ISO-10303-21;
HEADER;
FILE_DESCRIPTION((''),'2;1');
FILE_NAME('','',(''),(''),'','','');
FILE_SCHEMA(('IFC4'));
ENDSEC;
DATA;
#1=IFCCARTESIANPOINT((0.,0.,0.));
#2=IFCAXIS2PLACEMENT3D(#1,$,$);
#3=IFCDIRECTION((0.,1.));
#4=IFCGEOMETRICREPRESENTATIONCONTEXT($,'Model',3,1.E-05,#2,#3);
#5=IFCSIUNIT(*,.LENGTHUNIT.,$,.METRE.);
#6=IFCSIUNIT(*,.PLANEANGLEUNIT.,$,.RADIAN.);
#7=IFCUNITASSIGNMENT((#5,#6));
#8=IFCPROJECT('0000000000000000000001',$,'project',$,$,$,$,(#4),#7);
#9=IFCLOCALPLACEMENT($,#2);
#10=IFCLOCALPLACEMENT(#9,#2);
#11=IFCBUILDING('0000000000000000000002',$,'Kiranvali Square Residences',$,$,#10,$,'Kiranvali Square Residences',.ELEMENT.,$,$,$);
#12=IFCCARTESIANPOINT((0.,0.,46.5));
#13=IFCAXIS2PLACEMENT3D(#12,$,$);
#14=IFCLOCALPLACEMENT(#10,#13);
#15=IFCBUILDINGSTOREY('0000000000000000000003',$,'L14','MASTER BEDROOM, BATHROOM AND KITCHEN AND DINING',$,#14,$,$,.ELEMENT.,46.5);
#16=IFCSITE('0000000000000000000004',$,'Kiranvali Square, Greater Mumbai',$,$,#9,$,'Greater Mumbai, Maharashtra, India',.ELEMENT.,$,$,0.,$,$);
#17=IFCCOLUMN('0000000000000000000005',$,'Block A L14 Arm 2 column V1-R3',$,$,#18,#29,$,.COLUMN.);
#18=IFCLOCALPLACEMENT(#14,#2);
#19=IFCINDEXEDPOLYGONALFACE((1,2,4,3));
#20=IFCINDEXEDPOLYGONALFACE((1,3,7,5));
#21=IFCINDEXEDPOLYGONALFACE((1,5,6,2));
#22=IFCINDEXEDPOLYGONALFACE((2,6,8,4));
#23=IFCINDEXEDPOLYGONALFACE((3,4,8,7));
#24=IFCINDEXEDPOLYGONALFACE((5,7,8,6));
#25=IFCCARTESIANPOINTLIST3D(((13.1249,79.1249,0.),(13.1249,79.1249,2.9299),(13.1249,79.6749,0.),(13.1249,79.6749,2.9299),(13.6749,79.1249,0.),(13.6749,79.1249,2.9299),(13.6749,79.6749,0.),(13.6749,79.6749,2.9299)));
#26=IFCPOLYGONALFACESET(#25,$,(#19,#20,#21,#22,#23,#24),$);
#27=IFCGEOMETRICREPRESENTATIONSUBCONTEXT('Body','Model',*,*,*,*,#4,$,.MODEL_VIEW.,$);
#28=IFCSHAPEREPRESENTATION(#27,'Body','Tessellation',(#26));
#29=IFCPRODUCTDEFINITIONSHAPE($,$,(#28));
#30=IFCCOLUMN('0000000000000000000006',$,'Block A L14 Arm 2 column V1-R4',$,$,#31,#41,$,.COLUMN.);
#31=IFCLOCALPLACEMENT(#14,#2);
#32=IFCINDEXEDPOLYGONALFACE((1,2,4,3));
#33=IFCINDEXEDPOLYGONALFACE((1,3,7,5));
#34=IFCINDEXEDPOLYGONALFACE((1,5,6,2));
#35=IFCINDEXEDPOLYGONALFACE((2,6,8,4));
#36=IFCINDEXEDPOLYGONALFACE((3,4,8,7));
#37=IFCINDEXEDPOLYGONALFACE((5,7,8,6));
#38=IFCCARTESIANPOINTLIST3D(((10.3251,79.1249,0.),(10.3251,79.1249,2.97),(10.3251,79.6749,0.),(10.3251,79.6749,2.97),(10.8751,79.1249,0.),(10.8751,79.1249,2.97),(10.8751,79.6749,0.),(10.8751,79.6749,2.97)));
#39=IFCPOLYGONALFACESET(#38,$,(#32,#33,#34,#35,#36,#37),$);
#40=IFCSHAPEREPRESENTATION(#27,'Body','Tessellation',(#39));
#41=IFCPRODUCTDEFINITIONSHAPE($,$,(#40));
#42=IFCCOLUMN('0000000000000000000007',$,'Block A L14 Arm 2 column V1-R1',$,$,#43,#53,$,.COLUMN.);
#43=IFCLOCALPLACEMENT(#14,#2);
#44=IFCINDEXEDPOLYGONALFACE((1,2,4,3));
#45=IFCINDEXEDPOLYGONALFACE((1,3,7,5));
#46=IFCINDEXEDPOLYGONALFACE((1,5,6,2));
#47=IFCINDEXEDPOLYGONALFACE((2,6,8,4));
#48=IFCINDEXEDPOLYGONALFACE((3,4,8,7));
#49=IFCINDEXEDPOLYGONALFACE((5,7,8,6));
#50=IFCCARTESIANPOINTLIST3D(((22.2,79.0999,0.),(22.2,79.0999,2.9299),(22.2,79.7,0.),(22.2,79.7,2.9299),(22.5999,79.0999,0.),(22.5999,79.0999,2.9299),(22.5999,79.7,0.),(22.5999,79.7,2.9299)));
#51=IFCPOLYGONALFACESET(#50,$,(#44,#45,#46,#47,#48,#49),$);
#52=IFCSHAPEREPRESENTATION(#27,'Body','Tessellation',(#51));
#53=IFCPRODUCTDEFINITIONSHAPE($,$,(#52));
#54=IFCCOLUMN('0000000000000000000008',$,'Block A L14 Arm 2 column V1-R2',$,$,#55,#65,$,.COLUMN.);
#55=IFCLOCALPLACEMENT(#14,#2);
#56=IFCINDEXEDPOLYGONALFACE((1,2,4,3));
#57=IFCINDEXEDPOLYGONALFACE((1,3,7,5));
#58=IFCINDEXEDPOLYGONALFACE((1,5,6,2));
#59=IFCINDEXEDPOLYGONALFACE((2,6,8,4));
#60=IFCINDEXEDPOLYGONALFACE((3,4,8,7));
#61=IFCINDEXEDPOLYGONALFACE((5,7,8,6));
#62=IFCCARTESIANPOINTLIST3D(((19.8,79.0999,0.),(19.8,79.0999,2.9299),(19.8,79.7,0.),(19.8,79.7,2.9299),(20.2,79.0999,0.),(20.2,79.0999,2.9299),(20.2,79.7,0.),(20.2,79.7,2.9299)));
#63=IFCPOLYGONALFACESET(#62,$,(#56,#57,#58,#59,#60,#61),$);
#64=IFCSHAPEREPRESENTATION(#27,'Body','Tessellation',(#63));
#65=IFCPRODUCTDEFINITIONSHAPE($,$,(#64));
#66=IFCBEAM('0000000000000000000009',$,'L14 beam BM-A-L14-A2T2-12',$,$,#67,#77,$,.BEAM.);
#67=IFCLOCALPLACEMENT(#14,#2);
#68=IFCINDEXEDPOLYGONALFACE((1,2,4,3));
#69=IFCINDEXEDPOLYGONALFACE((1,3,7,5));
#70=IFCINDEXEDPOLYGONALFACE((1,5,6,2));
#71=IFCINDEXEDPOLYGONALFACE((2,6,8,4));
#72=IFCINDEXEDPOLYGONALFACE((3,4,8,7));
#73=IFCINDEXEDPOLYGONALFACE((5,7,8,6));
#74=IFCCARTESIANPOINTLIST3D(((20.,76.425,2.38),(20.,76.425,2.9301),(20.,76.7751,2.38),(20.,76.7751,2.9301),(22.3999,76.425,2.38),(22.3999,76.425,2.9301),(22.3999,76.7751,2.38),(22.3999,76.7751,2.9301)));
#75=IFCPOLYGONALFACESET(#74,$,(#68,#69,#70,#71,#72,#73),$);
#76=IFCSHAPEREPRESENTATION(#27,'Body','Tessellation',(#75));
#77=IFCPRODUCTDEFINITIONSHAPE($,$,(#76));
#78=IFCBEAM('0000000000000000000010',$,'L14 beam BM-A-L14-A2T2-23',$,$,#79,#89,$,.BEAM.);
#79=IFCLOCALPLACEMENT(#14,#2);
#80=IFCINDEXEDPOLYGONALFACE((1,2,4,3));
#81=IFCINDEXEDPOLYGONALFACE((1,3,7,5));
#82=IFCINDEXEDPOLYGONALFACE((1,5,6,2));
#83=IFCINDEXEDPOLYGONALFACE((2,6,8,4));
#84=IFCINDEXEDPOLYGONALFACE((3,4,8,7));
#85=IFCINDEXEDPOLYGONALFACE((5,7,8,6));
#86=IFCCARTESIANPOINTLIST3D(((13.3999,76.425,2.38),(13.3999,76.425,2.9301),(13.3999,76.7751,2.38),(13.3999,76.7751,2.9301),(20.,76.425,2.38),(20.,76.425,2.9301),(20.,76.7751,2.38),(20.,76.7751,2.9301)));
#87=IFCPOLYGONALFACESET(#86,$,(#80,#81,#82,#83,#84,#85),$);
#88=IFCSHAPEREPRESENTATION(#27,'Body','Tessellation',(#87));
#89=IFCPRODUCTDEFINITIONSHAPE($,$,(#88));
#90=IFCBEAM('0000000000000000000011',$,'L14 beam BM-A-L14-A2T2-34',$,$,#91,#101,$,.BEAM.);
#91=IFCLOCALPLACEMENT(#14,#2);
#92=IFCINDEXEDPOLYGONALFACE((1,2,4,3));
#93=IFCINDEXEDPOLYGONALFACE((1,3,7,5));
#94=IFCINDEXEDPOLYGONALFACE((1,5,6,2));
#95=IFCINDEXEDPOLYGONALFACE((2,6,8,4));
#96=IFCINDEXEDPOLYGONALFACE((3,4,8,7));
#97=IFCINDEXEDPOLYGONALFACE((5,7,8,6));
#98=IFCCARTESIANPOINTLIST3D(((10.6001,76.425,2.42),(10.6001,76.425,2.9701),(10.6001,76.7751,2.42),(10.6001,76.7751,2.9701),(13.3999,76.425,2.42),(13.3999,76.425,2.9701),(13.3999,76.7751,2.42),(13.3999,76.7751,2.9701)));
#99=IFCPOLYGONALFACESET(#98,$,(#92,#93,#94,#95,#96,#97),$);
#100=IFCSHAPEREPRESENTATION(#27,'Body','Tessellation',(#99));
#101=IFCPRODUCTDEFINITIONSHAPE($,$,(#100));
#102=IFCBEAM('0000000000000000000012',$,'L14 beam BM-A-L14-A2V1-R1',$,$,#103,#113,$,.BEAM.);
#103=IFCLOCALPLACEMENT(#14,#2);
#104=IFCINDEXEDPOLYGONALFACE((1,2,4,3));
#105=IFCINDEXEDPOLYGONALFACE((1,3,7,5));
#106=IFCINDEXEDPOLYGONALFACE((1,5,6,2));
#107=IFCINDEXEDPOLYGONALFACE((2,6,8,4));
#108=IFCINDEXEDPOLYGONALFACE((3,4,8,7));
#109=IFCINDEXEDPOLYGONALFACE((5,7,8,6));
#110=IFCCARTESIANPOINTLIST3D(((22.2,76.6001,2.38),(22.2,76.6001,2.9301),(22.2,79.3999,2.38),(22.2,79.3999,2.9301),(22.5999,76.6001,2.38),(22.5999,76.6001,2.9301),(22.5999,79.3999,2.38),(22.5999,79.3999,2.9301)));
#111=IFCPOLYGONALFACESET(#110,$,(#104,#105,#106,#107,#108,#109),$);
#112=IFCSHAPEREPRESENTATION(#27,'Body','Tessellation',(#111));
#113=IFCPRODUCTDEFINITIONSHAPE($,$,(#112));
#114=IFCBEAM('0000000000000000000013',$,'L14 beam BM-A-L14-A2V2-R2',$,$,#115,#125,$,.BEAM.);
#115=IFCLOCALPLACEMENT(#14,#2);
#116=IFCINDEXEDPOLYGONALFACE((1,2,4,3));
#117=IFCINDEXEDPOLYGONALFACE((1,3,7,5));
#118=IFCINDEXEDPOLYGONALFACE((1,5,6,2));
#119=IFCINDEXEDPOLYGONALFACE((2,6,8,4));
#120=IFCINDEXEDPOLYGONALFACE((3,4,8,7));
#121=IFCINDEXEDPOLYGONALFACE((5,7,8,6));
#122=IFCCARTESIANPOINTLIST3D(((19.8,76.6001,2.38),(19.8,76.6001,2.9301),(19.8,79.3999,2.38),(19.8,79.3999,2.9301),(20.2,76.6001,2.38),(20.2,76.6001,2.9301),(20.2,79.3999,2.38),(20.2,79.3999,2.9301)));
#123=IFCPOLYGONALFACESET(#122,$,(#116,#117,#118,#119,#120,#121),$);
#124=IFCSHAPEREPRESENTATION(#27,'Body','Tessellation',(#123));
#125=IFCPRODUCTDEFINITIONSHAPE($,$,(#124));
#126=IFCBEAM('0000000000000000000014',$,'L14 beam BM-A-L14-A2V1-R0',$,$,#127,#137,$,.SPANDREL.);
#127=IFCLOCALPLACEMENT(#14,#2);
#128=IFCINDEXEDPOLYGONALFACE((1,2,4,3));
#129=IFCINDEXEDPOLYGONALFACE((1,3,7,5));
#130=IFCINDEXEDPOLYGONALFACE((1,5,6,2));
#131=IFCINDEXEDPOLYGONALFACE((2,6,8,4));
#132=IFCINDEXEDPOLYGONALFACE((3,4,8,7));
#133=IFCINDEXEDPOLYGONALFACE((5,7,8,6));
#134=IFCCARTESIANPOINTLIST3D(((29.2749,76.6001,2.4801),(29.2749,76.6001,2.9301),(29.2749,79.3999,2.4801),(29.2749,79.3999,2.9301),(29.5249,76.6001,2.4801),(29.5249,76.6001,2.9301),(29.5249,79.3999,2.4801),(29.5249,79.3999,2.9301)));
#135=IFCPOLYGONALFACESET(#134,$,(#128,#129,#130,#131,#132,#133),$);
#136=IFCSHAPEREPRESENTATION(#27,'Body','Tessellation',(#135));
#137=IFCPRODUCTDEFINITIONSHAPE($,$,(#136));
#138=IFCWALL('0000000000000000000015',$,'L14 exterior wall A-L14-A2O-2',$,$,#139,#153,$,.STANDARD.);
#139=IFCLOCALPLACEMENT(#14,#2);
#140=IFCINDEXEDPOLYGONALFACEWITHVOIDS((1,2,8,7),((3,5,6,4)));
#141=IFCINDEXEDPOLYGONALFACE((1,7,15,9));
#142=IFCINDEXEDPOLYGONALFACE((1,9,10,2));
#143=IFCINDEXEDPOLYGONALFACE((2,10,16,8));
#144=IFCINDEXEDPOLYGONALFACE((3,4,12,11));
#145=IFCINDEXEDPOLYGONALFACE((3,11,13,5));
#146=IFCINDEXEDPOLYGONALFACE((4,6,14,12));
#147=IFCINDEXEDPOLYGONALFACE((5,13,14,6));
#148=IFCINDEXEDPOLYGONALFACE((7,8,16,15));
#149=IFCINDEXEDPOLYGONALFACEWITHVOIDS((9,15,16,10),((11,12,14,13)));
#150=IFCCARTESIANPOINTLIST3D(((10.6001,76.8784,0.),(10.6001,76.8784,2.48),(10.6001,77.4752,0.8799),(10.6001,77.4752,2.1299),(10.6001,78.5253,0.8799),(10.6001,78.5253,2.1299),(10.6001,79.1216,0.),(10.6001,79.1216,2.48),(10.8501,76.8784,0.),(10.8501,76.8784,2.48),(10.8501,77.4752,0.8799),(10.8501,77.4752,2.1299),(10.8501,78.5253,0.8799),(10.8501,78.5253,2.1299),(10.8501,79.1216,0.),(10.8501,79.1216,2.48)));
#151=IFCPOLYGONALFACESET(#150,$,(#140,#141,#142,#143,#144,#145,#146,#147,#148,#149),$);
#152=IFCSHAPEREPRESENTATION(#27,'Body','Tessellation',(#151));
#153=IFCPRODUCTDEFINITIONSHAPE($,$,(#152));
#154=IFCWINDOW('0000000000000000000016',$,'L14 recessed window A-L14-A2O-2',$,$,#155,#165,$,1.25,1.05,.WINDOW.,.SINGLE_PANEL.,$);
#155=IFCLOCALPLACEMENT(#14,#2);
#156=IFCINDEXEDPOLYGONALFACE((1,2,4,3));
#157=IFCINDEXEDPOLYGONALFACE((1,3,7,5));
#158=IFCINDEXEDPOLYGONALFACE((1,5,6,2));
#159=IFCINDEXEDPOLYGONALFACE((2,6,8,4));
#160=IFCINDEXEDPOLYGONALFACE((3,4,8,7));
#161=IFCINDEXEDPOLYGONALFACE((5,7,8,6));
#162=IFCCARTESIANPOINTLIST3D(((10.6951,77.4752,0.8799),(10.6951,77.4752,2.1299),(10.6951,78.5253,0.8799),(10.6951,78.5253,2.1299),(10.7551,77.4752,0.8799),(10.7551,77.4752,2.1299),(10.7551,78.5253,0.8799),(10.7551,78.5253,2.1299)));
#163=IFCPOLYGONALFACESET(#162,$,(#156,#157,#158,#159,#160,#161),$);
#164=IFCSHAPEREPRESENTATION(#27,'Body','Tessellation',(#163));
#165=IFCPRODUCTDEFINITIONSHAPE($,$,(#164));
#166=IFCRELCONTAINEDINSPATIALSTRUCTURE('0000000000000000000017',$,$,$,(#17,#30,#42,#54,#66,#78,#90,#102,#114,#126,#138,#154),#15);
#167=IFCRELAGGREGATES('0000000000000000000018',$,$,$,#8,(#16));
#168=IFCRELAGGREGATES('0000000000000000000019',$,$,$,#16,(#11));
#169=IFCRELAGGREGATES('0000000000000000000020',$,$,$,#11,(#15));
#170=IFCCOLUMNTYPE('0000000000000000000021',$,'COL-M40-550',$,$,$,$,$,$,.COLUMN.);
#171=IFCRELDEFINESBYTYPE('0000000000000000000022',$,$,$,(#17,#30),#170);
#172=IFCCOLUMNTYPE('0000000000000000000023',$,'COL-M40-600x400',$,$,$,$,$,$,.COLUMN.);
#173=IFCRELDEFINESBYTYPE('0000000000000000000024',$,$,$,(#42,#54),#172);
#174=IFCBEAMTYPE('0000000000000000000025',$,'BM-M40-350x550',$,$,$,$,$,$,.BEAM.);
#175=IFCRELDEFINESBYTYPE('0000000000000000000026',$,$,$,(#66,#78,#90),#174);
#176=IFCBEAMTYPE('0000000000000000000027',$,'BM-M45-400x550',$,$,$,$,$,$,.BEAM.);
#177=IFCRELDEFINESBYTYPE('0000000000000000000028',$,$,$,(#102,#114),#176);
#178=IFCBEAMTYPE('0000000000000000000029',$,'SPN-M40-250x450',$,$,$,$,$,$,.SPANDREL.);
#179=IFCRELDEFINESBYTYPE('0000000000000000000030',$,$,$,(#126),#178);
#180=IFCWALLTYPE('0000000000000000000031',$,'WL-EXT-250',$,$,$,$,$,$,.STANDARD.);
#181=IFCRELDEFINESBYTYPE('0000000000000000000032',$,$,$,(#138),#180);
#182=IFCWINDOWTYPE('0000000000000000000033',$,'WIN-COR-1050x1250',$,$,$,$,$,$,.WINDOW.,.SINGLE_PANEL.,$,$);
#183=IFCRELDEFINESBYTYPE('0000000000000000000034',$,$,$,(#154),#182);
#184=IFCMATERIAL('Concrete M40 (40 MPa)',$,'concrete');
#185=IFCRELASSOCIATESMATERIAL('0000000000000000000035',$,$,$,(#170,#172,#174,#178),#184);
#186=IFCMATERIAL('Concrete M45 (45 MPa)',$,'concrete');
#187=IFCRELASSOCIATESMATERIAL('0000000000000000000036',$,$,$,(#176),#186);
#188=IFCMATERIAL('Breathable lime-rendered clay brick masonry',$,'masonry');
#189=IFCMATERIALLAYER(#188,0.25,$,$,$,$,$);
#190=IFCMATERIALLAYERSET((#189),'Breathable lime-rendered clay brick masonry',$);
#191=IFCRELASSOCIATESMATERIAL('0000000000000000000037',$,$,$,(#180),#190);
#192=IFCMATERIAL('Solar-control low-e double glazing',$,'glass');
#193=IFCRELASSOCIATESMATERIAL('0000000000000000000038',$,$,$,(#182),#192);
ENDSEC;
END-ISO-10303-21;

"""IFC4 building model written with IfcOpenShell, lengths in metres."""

from ifc_helpers import new_model, si_unit, direction, frame, frame_2d, origin, origin_2d, place, context, subcontext, project, spatial, rectangle, extrude, material, layer, layer_set, material_profile, profile_set, type_object, element, fill, save


model = new_model("IFC4")

# Units and contexts
model_context = context("Model", 3, precision=1e-05, world=origin(), true_north=direction((0.0, 1.0)))
body_context = subcontext(model_context, "Body", "Model", "MODEL_VIEW")
ifc_project = project(units=[si_unit("LENGTHUNIT", "METRE"), si_unit("PLANEANGLEUNIT", "RADIAN")], contexts=[model_context])

# Site, building, storey
site_placement = place(None, origin())
site = spatial("IfcSite", under=ifc_project, at=site_placement, Name="Kiranvali Square, Greater Mumbai", LongName="Greater Mumbai, Maharashtra, India", CompositionType="ELEMENT", RefElevation=0.0)
building_placement = place(site_placement, origin())
building = spatial("IfcBuilding", under=site, at=building_placement, Name="Kiranvali Square Residences", LongName="Kiranvali Square Residences", CompositionType="ELEMENT")
storey_placement = place(building_placement, frame((0.0, 0.0, 46.5)))
storey = spatial("IfcBuildingStorey", under=building, at=storey_placement, Name="L14", Description="MASTER BEDROOM, BATHROOM AND KITCHEN AND DINING", CompositionType="ELEMENT", Elevation=46.5)

# Columns
ifc_material_1 = material(Name="Concrete M40 (40 MPa)", Category="concrete")
ifc_material_profile_1 = material_profile(ifc_material_1, rectangle(XDim=0.55, YDim=0.55, at=origin_2d()), Name="RC 550x550")
ifc_profile_set_1 = profile_set([ifc_material_profile_1], Name="Concrete M40 (40 MPa)")
column_type_1 = type_object("IfcColumnType", Name="COL-M40-550", PredefinedType="COLUMN", material=ifc_profile_set_1)
column_1_placement = place(storey_placement, frame((13.3999, 79.3999, 0.0), z_axis=(0.0, 0.0, 1.0), x_axis=(1.0, 0.0, 0.0)))
element("IfcColumn", 1, at=column_1_placement, inside=storey, type_object=column_type_1, Name="Block A L14 Arm 2 column V1-R3", PredefinedType="COLUMN", context=body_context, shape_type="SweptSolid", body=[
    extrude(rectangle(XDim=0.55, YDim=0.55, at=origin_2d()), origin(), (0.0, 0.0, 1.0), 2.9299),
])
column_2_placement = place(storey_placement, frame((10.6001, 79.3999, 0.0), z_axis=(0.0, 0.0, 1.0), x_axis=(1.0, 0.0, 0.0)))
element("IfcColumn", 2, at=column_2_placement, inside=storey, type_object=column_type_1, Name="Block A L14 Arm 2 column V1-R4", PredefinedType="COLUMN", context=body_context, shape_type="SweptSolid", body=[
    extrude(rectangle(XDim=0.55, YDim=0.55, at=origin_2d()), origin(), (0.0, 0.0, 1.0), 2.97),
])
ifc_material_profile_2 = material_profile(ifc_material_1, rectangle(XDim=0.3999, YDim=0.6001, at=origin_2d()), Name="RC 600x400")
ifc_profile_set_2 = profile_set([ifc_material_profile_2], Name="Concrete M40 (40 MPa)")
column_type_2 = type_object("IfcColumnType", Name="COL-M40-600x400", PredefinedType="COLUMN", material=ifc_profile_set_2)
for number, where, z_axis, x_axis, name in (
    (3, (22.3999, 79.3999, 0.0), (0.0, 0.0, 1.0), (1.0, 0.0, 0.0), "Block A L14 Arm 2 column V1-R1"),
    (4, (20.0, 79.3999, 0.0), (0.0, 0.0, 1.0), (1.0, 0.0, 0.0), "Block A L14 Arm 2 column V1-R2"),
):
    element("IfcColumn", number, at=place(storey_placement, frame(where, z_axis=z_axis, x_axis=x_axis)), inside=storey, type_object=column_type_2, Name=name, PredefinedType="COLUMN", context=body_context, shape_type="SweptSolid", body=[
        extrude(rectangle(XDim=0.3999, YDim=0.6001, at=origin_2d()), origin(), (0.0, 0.0, 1.0), 2.9299),
    ])

# Beams
ifc_material_profile_3 = material_profile(ifc_material_1, rectangle(XDim=0.3501, YDim=0.55, at=origin_2d()), Name="RC 350x550")
ifc_profile_set_3 = profile_set([ifc_material_profile_3], Name="Concrete M40 (40 MPa)")
beam_type_1 = type_object("IfcBeamType", Name="BM-M40-350x550", PredefinedType="BEAM", material=ifc_profile_set_3)
beam_1_placement = place(storey_placement, frame((22.3999, 76.6001, 2.655), z_axis=(-1.0, 0.0, 0.0), x_axis=(0.0, -1.0, 0.0)))
element("IfcBeam", 5, at=beam_1_placement, inside=storey, type_object=beam_type_1, Name="L14 beam BM-A-L14-A2T2-12", PredefinedType="BEAM", context=body_context, shape_type="SweptSolid", body=[
    extrude(rectangle(XDim=0.3501, YDim=0.55, at=origin_2d()), origin(), (0.0, 0.0, 1.0), 2.3999),
])
beam_2_placement = place(storey_placement, frame((20.0, 76.6001, 2.655), z_axis=(-1.0, 0.0, 0.0), x_axis=(0.0, -1.0, 0.0)))
element("IfcBeam", 6, at=beam_2_placement, inside=storey, type_object=beam_type_1, Name="L14 beam BM-A-L14-A2T2-23", PredefinedType="BEAM", context=body_context, shape_type="SweptSolid", body=[
    extrude(rectangle(XDim=0.3501, YDim=0.55, at=origin_2d()), origin(), (0.0, 0.0, 1.0), 6.6001),
])
beam_3_placement = place(storey_placement, frame((13.3999, 76.6001, 2.6951), z_axis=(-1.0, 0.0, 0.0), x_axis=(0.0, -1.0, 0.0)))
element("IfcBeam", 7, at=beam_3_placement, inside=storey, type_object=beam_type_1, Name="L14 beam BM-A-L14-A2T2-34", PredefinedType="BEAM", context=body_context, shape_type="SweptSolid", body=[
    extrude(rectangle(XDim=0.3501, YDim=0.55, at=origin_2d()), origin(), (0.0, 0.0, 1.0), 2.7998),
])
ifc_material_2 = material(Name="Concrete M45 (45 MPa)", Category="concrete")
ifc_material_profile_4 = material_profile(ifc_material_2, rectangle(XDim=0.3999, YDim=0.55, at=origin_2d()), Name="RC 400x550")
ifc_profile_set_4 = profile_set([ifc_material_profile_4], Name="Concrete M45 (45 MPa)")
beam_type_2 = type_object("IfcBeamType", Name="BM-M45-400x550", PredefinedType="BEAM", material=ifc_profile_set_4)
for number, where, z_axis, x_axis, name in (
    (8, (22.3999, 79.3999, 2.655), (0.0, -1.0, 0.0), (1.0, 0.0, 0.0), "L14 beam BM-A-L14-A2V1-R1"),
    (9, (20.0, 79.3999, 2.655), (0.0, -1.0, 0.0), (1.0, 0.0, 0.0), "L14 beam BM-A-L14-A2V2-R2"),
):
    element("IfcBeam", number, at=place(storey_placement, frame(where, z_axis=z_axis, x_axis=x_axis)), inside=storey, type_object=beam_type_2, Name=name, PredefinedType="BEAM", context=body_context, shape_type="SweptSolid", body=[
        extrude(rectangle(XDim=0.3999, YDim=0.55, at=origin_2d()), origin(), (0.0, 0.0, 1.0), 2.7998),
    ])
ifc_material_profile_5 = material_profile(ifc_material_1, rectangle(XDim=0.25, YDim=0.45, at=origin_2d()), Name="RC 250x450")
ifc_profile_set_5 = profile_set([ifc_material_profile_5], Name="Concrete M40 (40 MPa)")
beam_type_3 = type_object("IfcBeamType", Name="SPN-M40-250x450", PredefinedType="SPANDREL", material=ifc_profile_set_5)
beam_4_placement = place(storey_placement, frame((29.3999, 79.3999, 2.7051), z_axis=(0.0, -1.0, 0.0), x_axis=(1.0, 0.0, 0.0)))
element("IfcBeam", 10, at=beam_4_placement, inside=storey, type_object=beam_type_3, Name="L14 beam BM-A-L14-A2V1-R0", PredefinedType="SPANDREL", context=body_context, shape_type="SweptSolid", body=[
    extrude(rectangle(XDim=0.25, YDim=0.45, at=origin_2d()), origin(), (0.0, 0.0, 1.0), 2.7998),
])

# Wall, opening, window
ifc_material_3 = material(Name="Breathable lime-rendered clay brick masonry", Category="masonry")
ifc_layer_1 = layer(ifc_material_3, 0.25)
ifc_layer_set_1 = layer_set([ifc_layer_1], Name="Breathable lime-rendered clay brick masonry")
wall_type_1 = type_object("IfcWallType", Name="WL-EXT-250", PredefinedType="STANDARD", material=ifc_layer_set_1)
wall_1_placement = place(storey_placement, frame((10.7251, 79.1216, 0.0), z_axis=(0.0, 0.0, 1.0), x_axis=(0.0, -1.0, 0.0)))
wall_1 = element("IfcWall", 11, at=wall_1_placement, inside=storey, type_object=wall_type_1, Name="L14 exterior wall A-L14-A2O-2", PredefinedType="STANDARD", context=body_context, shape_type="SweptSolid", body=[
    extrude(rectangle(XDim=2.2432, YDim=0.25, at=frame_2d((1.1216, 0.0))), origin(), (0.0, 0.0, 1.0), 2.48),
])
opening_1_placement = place(wall_1_placement, frame((0.5964, 0.0, 0.8799)))
opening_1 = element("IfcOpeningElement", 12, at=opening_1_placement, cuts=wall_1, PredefinedType="OPENING", context=body_context, shape_type="SweptSolid", body=[
    extrude(rectangle(XDim=1.05, YDim=1.25, at=frame_2d((0.5249, 0.625))), frame((0.0, 0.135, 0.0), z_axis=(0.0, -1.0, 0.0), x_axis=(1.0, 0.0, 0.0)), (0.0, 0.0, 1.0), 0.27),
])
ifc_material_4 = material(Name="Solar-control low-e double glazing", Category="glass")
window_type_1 = type_object("IfcWindowType", Name="WIN-COR-1050x1250", PartitioningType="SINGLE_PANEL", PredefinedType="WINDOW", material=ifc_material_4)
window_1_placement = place(opening_1_placement, origin())
window_1 = element("IfcWindow", 13, at=window_1_placement, inside=storey, type_object=window_type_1, Name="L14 recessed window A-L14-A2O-2", OverallHeight=1.25, OverallWidth=1.05, PartitioningType="SINGLE_PANEL", PredefinedType="WINDOW", context=body_context, shape_type="SweptSolid", body=[
    extrude(rectangle(XDim=1.05, YDim=1.25, at=frame_2d((0.5249, 0.625))), frame((0.0, 0.03, 0.0), z_axis=(0.0, -1.0, 0.0), x_axis=(1.0, 0.0, 0.0)), (0.0, 0.0, 1.0), 0.0601),
])
fill(opening_1, window_1)

save(model, "model.ifc")
